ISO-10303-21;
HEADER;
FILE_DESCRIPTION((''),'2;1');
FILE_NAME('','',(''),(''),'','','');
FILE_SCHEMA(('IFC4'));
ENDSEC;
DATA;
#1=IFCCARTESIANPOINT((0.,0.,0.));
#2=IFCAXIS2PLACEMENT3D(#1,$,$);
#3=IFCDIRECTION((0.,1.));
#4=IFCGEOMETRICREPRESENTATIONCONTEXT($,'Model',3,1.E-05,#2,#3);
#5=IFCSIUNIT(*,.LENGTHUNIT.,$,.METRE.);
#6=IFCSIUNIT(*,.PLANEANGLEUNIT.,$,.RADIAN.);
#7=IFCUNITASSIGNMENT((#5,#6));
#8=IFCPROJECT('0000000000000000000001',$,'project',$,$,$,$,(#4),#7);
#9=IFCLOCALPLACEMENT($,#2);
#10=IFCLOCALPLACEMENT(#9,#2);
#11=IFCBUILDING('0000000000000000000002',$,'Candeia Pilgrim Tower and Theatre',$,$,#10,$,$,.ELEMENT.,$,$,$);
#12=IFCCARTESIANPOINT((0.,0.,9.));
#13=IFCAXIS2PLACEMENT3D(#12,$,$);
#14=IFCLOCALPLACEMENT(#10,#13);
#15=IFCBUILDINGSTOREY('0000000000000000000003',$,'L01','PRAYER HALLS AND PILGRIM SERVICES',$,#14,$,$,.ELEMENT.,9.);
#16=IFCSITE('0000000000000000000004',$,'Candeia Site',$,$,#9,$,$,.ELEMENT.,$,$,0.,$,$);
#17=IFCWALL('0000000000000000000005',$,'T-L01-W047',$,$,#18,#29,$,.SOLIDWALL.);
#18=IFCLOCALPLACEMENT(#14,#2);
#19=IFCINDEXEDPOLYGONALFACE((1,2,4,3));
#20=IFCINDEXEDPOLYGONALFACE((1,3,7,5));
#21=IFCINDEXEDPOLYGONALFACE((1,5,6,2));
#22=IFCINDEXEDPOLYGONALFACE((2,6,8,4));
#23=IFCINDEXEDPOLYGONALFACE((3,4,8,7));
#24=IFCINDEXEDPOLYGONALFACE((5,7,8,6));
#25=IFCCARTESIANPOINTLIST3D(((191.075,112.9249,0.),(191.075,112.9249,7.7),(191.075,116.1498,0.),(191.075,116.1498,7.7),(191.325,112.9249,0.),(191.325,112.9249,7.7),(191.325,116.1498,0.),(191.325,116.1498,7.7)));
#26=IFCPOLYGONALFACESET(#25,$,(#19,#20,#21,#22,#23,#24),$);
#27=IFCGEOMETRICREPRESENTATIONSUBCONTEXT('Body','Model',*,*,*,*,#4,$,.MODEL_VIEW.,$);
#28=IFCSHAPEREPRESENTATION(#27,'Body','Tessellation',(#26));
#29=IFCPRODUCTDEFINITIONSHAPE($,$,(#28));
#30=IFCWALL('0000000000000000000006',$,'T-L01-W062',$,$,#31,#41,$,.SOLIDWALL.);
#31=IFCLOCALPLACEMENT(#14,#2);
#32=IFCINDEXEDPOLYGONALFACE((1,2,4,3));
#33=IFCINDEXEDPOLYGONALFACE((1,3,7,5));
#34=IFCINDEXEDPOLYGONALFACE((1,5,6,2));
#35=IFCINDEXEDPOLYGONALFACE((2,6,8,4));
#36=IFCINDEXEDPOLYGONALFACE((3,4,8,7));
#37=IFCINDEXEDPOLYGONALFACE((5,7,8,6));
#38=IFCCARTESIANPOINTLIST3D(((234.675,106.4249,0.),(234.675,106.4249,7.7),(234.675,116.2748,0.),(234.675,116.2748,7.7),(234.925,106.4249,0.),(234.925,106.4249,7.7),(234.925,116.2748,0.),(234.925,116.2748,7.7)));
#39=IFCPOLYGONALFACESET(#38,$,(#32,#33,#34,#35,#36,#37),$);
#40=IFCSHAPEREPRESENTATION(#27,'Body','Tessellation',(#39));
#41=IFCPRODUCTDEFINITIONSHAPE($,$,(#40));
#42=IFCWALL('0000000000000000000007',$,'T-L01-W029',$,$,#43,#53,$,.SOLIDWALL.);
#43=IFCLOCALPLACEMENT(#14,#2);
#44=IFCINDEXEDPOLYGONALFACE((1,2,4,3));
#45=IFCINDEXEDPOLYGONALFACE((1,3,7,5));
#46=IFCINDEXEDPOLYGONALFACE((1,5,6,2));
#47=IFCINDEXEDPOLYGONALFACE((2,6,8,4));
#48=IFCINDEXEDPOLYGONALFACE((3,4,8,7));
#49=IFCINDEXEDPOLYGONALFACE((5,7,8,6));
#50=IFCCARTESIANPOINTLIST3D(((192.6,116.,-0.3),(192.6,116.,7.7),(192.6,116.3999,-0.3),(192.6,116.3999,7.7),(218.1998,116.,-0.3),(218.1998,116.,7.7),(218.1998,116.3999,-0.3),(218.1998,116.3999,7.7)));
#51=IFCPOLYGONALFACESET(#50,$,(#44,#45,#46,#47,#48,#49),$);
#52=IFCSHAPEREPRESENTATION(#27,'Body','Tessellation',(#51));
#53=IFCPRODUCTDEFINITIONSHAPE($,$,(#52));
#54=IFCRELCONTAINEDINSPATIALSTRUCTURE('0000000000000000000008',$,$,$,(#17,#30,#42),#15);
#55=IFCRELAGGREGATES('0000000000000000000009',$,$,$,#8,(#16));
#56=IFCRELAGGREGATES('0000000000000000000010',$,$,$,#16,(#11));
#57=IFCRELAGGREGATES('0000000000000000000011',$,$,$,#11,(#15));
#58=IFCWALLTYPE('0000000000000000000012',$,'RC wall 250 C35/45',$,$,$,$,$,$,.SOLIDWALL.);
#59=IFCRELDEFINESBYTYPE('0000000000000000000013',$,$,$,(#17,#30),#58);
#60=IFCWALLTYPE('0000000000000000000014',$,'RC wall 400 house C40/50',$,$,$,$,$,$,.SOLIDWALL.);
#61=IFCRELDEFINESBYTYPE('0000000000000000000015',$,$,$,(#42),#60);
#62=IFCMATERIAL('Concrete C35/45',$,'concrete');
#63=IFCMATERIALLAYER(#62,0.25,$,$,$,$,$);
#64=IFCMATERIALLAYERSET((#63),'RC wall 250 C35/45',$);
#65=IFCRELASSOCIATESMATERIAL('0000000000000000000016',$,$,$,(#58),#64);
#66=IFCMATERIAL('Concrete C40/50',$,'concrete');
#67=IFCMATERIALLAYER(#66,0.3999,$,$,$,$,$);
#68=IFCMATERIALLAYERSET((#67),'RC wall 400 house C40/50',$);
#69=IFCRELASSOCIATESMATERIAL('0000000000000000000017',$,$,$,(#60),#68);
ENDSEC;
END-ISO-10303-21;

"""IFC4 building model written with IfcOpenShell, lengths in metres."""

from ifc_helpers import new_model, si_unit, direction, frame, frame_2d, origin, place, context, subcontext, project, spatial, rectangle, extrude, material, layer, layer_set, type_object, element, save


model = new_model("IFC4")

# Units and contexts
model_context = context("Model", 3, precision=1e-05, world=origin(), true_north=direction((0.0, 1.0)))
body_context = subcontext(model_context, "Body", "Model", "MODEL_VIEW")
ifc_project = project(units=[si_unit("LENGTHUNIT", "METRE"), si_unit("PLANEANGLEUNIT", "RADIAN")], contexts=[model_context])

# Site, building, storey
site_placement = place(None, origin())
site = spatial("IfcSite", under=ifc_project, at=site_placement, Name="Candeia Site", CompositionType="ELEMENT", RefElevation=0.0)
building_placement = place(site_placement, origin())
building = spatial("IfcBuilding", under=site, at=building_placement, Name="Candeia Pilgrim Tower and Theatre", CompositionType="ELEMENT")
storey_placement = place(building_placement, frame((0.0, 0.0, 9.0)))
storey = spatial("IfcBuildingStorey", under=building, at=storey_placement, Name="L01", Description="PRAYER HALLS AND PILGRIM SERVICES", CompositionType="ELEMENT", Elevation=9.0)

# Shared definitions
ifc_material_1 = material(Name="Concrete C40/50", Category="concrete")

# Shared definitions
ifc_material_2 = material(Name="Concrete C35/45", Category="concrete")
ifc_layer_1 = layer(ifc_material_2, 0.25)
ifc_layer_set_1 = layer_set([ifc_layer_1], Name="RC wall 250 C35/45")
wall_type_1 = type_object("IfcWallType", Name="RC wall 250 C35/45", PredefinedType="SOLIDWALL", material=ifc_layer_set_1)

# Walls
for number, where, z_axis, x_axis, name in (
    (1, (191.2, 112.925, 0.0), (0.0, 0.0, 1.0), (0.0, 1.0, 0.0), "T-L01-W047"),
):
    element("IfcWall", number, at=place(storey_placement, frame(where, z_axis=z_axis, x_axis=x_axis)), inside=storey, type_object=wall_type_1, Name=name, PredefinedType="SOLIDWALL", context=body_context, shape_type="SweptSolid", body=[
        extrude(rectangle(XDim=3.2249, YDim=0.25, at=frame_2d((1.6123, 0.0))), origin(), (0.0, 0.0, 1.0), 7.7),
    ])
wall_1_placement = place(storey_placement, frame((234.8, 106.425, 0.0), z_axis=(0.0, 0.0, 1.0), x_axis=(0.0, 1.0, 0.0)))
element("IfcWall", 2, at=wall_1_placement, inside=storey, type_object=wall_type_1, Name="T-L01-W062", PredefinedType="SOLIDWALL", context=body_context, shape_type="SweptSolid", body=[
    extrude(rectangle(XDim=9.8499, YDim=0.25, at=frame_2d((4.9248, 0.0))), origin(), (0.0, 0.0, 1.0), 7.7),
])
ifc_layer_2 = layer(ifc_material_1, 0.3999)
ifc_layer_set_2 = layer_set([ifc_layer_2], Name="RC wall 400 house C40/50")
wall_type_2 = type_object("IfcWallType", Name="RC wall 400 house C40/50", PredefinedType="SOLIDWALL", material=ifc_layer_set_2)
wall_2_placement = place(storey_placement, frame((192.6001, 116.2, -0.3), z_axis=(0.0, 0.0, 1.0), x_axis=(1.0, 0.0, 0.0)))
element("IfcWall", 3, at=wall_2_placement, inside=storey, type_object=wall_type_2, Name="T-L01-W029", PredefinedType="SOLIDWALL", context=body_context, shape_type="SweptSolid", body=[
    extrude(rectangle(XDim=25.5999, YDim=0.3999, at=frame_2d((12.7998, 0.0))), origin(), (0.0, 0.0, 1.0), 8.0),
])

save(model, "model.ifc")
